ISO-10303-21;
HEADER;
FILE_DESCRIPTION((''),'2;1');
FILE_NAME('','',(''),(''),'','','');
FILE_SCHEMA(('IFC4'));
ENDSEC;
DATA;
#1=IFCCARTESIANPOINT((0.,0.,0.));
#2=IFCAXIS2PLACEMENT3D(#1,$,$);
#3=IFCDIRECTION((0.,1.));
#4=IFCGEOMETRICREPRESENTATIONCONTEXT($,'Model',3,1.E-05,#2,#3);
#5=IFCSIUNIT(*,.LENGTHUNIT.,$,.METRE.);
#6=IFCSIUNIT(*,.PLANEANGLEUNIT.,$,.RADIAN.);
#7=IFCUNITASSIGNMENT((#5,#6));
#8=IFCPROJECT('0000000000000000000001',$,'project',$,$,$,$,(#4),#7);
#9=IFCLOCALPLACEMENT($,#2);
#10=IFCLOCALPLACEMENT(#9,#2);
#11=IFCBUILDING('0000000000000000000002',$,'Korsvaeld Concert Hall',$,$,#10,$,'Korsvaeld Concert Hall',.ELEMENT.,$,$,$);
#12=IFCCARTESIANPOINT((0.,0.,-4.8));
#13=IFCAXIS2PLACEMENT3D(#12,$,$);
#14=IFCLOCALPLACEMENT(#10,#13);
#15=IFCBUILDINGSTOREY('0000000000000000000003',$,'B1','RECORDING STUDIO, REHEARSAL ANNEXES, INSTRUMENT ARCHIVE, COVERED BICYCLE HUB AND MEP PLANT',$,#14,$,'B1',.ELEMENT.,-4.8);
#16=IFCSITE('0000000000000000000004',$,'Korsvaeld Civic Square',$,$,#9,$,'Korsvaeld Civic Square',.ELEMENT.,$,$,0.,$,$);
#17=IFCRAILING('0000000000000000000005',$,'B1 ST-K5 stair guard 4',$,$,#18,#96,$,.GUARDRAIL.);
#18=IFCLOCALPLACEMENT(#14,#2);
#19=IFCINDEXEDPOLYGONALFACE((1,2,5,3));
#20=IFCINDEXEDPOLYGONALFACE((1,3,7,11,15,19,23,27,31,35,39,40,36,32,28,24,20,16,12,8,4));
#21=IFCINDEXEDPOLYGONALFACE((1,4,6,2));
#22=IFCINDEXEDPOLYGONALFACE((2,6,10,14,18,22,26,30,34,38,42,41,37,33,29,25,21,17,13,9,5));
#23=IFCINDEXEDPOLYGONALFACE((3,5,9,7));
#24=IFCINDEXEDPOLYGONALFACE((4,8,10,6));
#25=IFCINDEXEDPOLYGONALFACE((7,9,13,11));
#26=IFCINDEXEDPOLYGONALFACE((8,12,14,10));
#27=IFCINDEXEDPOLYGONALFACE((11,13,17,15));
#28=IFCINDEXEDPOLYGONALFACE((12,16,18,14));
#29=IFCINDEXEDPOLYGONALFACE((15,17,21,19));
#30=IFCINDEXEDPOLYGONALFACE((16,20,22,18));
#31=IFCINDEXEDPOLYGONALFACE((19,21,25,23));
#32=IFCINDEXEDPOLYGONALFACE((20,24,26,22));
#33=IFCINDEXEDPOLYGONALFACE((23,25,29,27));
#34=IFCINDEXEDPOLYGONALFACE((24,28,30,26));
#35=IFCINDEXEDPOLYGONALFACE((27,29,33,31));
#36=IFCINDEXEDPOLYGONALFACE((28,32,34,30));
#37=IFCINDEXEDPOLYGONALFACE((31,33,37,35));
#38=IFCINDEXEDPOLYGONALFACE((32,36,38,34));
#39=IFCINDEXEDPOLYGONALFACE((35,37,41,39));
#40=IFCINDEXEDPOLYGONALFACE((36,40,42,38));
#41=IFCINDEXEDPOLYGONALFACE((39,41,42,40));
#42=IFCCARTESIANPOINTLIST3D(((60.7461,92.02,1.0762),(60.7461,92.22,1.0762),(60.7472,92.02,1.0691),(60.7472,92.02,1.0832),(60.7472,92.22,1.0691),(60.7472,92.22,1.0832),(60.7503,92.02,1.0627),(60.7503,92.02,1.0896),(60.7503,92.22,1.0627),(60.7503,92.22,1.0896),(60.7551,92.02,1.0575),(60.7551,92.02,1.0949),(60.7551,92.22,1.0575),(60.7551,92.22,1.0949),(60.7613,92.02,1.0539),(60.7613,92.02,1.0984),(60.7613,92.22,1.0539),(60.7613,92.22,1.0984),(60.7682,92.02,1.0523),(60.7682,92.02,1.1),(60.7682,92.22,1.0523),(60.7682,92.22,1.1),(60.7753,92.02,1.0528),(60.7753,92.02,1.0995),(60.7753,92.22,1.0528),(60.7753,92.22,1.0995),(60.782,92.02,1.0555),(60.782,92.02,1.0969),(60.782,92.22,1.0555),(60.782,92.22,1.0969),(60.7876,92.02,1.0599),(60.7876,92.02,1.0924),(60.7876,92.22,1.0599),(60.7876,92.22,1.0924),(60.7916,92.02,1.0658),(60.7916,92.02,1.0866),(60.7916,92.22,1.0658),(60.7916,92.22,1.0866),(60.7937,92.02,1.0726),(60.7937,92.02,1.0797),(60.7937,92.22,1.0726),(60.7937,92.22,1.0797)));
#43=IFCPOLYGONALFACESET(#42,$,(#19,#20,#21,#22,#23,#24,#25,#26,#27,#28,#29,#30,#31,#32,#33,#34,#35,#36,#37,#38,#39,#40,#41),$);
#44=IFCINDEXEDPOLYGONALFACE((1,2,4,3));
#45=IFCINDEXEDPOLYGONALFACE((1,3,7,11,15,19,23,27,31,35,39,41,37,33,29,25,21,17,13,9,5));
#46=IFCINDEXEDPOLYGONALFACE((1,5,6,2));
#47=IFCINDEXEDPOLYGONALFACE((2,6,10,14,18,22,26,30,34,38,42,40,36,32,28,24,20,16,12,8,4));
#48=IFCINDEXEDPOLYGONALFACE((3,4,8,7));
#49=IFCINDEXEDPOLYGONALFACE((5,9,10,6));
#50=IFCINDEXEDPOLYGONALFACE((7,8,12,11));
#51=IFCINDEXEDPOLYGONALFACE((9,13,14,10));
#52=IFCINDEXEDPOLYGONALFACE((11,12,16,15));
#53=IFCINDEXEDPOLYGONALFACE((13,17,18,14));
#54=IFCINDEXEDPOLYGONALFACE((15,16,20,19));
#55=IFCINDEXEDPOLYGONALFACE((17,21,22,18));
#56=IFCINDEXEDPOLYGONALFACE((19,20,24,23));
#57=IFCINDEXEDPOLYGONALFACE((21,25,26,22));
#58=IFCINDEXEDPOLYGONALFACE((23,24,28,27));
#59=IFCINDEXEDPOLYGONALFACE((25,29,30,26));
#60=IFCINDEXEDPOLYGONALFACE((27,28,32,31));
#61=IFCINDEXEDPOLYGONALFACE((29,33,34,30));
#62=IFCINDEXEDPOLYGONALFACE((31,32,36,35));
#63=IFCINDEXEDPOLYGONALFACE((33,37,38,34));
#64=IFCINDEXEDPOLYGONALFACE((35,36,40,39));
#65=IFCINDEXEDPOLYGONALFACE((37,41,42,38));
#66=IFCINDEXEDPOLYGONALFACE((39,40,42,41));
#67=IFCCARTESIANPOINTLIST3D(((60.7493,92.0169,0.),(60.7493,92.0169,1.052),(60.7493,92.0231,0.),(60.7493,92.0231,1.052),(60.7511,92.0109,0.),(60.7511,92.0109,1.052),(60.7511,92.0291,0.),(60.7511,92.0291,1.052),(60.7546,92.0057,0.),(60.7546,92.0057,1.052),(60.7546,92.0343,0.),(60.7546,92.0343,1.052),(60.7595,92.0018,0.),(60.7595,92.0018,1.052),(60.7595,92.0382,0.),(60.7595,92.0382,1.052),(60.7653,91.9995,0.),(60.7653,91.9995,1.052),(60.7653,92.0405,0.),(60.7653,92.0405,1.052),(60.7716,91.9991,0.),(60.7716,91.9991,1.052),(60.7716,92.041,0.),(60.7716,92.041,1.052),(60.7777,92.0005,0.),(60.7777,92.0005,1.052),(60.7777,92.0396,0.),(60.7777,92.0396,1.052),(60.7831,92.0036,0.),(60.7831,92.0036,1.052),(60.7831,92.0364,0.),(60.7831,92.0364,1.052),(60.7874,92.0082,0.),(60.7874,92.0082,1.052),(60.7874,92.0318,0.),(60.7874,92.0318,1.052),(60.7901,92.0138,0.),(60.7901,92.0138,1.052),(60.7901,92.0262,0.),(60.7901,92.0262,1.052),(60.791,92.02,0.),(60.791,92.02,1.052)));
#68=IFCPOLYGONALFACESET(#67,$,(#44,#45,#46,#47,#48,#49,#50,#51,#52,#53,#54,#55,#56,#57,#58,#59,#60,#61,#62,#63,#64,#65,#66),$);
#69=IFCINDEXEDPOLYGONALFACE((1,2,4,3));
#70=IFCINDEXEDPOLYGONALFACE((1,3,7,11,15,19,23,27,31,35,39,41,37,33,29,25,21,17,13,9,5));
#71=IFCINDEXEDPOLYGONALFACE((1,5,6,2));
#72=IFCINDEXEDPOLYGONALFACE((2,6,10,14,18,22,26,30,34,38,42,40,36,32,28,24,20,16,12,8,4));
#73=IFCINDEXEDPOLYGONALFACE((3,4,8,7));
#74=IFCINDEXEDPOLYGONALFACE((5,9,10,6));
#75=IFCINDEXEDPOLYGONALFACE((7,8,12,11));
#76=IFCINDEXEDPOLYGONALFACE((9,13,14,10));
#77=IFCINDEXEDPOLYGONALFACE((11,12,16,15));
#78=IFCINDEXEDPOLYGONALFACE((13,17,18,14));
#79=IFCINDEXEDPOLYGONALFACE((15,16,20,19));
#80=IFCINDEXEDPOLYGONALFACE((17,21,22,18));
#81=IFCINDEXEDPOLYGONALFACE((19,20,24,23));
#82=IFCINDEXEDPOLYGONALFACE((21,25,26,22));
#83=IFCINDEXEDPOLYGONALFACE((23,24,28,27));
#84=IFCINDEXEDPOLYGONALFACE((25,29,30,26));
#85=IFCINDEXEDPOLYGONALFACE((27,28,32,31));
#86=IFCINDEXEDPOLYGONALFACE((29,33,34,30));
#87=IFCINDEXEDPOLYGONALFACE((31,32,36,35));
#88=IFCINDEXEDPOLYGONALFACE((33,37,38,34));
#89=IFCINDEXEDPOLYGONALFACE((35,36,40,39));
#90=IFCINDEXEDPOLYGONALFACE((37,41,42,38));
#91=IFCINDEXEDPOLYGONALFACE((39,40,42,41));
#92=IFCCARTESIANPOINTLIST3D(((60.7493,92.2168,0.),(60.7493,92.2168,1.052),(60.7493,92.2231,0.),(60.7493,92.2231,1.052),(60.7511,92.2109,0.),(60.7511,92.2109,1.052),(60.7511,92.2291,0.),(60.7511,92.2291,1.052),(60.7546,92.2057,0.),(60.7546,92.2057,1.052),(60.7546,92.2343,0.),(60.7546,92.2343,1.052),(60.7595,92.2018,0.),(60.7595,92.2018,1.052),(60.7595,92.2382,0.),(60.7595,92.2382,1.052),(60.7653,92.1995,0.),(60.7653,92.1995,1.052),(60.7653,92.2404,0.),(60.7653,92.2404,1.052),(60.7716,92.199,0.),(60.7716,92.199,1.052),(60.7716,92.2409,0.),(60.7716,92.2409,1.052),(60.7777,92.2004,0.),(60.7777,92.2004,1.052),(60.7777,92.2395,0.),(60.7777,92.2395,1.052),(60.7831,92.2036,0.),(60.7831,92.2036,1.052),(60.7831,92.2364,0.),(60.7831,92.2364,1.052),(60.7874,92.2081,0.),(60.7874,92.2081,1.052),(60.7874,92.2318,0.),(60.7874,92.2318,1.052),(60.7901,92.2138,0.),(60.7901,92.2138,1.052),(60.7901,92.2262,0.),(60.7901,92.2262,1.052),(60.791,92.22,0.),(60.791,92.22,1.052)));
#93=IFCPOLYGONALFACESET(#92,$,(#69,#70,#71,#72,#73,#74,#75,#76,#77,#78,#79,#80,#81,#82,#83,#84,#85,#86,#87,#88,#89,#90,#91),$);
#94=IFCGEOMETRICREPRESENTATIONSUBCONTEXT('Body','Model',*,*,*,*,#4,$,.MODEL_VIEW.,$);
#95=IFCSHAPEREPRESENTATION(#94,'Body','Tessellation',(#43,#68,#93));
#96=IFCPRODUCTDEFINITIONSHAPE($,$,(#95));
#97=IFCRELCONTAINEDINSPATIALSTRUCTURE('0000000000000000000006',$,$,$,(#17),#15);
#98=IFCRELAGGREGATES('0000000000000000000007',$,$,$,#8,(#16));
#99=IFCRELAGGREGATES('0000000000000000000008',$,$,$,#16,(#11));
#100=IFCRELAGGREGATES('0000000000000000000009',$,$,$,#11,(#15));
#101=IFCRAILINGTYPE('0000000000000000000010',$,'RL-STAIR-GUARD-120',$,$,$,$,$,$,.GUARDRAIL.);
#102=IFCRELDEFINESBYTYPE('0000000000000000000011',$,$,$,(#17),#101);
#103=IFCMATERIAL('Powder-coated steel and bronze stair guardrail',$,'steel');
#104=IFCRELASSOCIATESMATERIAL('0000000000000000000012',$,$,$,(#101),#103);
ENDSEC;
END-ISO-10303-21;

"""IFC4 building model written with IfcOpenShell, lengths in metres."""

from ifc_helpers import new_model, si_unit, direction, frame, origin, origin_2d, place, context, subcontext, project, spatial, circle, extrude, material, type_object, element, save


model = new_model("IFC4")

# Units and contexts
model_context = context("Model", 3, precision=1e-05, world=origin(), true_north=direction((0.0, 1.0)))
body_context = subcontext(model_context, "Body", "Model", "MODEL_VIEW")
ifc_project = project(units=[si_unit("LENGTHUNIT", "METRE"), si_unit("PLANEANGLEUNIT", "RADIAN")], contexts=[model_context])

# Site, building, storey
site_placement = place(None, origin())
site = spatial("IfcSite", under=ifc_project, at=site_placement, Name="Korsvaeld Civic Square", LongName="Korsvaeld Civic Square", CompositionType="ELEMENT", RefElevation=0.0)
building_placement = place(site_placement, origin())
building = spatial("IfcBuilding", under=site, at=building_placement, Name="Korsvaeld Concert Hall", LongName="Korsvaeld Concert Hall", CompositionType="ELEMENT")
storey_placement = place(building_placement, frame((0.0, 0.0, -4.8)))
storey = spatial("IfcBuildingStorey", under=building, at=storey_placement, Name="B1", Description="RECORDING STUDIO, REHEARSAL ANNEXES, INSTRUMENT ARCHIVE, COVERED BICYCLE HUB AND MEP PLANT", LongName="B1", CompositionType="ELEMENT", Elevation=-4.8)

# Railing
ifc_material_1 = material(Name="Powder-coated steel and bronze stair guardrail", Category="steel")
railing_type_1 = type_object("IfcRailingType", Name="RL-STAIR-GUARD-120", PredefinedType="GUARDRAIL", material=ifc_material_1)
railing_1_placement = place(storey_placement, frame((60.77, 92.02, 0.0)))
element("IfcRailing", 1, at=railing_1_placement, inside=storey, type_object=railing_type_1, Name="B1 ST-K5 stair guard 4", PredefinedType="GUARDRAIL", context=body_context, shape_type="SweptSolid", body=[
    extrude(circle(Radius=0.0239, at=origin_2d()), frame((0.0, 0.0, 1.0762), z_axis=(0.0, 1.0, 0.0), x_axis=(-1.0, 0.0, 0.0)), (0.0, 0.0, 1.0), 0.2),
    extrude(circle(Radius=0.021, at=origin_2d()), origin(), (0.0, 0.0, 1.0), 1.052),
    extrude(circle(Radius=0.021, at=origin_2d()), frame((0.0, 0.2, 0.0)), (0.0, 0.0, 1.0), 1.052),
])

save(model, "model.ifc")
